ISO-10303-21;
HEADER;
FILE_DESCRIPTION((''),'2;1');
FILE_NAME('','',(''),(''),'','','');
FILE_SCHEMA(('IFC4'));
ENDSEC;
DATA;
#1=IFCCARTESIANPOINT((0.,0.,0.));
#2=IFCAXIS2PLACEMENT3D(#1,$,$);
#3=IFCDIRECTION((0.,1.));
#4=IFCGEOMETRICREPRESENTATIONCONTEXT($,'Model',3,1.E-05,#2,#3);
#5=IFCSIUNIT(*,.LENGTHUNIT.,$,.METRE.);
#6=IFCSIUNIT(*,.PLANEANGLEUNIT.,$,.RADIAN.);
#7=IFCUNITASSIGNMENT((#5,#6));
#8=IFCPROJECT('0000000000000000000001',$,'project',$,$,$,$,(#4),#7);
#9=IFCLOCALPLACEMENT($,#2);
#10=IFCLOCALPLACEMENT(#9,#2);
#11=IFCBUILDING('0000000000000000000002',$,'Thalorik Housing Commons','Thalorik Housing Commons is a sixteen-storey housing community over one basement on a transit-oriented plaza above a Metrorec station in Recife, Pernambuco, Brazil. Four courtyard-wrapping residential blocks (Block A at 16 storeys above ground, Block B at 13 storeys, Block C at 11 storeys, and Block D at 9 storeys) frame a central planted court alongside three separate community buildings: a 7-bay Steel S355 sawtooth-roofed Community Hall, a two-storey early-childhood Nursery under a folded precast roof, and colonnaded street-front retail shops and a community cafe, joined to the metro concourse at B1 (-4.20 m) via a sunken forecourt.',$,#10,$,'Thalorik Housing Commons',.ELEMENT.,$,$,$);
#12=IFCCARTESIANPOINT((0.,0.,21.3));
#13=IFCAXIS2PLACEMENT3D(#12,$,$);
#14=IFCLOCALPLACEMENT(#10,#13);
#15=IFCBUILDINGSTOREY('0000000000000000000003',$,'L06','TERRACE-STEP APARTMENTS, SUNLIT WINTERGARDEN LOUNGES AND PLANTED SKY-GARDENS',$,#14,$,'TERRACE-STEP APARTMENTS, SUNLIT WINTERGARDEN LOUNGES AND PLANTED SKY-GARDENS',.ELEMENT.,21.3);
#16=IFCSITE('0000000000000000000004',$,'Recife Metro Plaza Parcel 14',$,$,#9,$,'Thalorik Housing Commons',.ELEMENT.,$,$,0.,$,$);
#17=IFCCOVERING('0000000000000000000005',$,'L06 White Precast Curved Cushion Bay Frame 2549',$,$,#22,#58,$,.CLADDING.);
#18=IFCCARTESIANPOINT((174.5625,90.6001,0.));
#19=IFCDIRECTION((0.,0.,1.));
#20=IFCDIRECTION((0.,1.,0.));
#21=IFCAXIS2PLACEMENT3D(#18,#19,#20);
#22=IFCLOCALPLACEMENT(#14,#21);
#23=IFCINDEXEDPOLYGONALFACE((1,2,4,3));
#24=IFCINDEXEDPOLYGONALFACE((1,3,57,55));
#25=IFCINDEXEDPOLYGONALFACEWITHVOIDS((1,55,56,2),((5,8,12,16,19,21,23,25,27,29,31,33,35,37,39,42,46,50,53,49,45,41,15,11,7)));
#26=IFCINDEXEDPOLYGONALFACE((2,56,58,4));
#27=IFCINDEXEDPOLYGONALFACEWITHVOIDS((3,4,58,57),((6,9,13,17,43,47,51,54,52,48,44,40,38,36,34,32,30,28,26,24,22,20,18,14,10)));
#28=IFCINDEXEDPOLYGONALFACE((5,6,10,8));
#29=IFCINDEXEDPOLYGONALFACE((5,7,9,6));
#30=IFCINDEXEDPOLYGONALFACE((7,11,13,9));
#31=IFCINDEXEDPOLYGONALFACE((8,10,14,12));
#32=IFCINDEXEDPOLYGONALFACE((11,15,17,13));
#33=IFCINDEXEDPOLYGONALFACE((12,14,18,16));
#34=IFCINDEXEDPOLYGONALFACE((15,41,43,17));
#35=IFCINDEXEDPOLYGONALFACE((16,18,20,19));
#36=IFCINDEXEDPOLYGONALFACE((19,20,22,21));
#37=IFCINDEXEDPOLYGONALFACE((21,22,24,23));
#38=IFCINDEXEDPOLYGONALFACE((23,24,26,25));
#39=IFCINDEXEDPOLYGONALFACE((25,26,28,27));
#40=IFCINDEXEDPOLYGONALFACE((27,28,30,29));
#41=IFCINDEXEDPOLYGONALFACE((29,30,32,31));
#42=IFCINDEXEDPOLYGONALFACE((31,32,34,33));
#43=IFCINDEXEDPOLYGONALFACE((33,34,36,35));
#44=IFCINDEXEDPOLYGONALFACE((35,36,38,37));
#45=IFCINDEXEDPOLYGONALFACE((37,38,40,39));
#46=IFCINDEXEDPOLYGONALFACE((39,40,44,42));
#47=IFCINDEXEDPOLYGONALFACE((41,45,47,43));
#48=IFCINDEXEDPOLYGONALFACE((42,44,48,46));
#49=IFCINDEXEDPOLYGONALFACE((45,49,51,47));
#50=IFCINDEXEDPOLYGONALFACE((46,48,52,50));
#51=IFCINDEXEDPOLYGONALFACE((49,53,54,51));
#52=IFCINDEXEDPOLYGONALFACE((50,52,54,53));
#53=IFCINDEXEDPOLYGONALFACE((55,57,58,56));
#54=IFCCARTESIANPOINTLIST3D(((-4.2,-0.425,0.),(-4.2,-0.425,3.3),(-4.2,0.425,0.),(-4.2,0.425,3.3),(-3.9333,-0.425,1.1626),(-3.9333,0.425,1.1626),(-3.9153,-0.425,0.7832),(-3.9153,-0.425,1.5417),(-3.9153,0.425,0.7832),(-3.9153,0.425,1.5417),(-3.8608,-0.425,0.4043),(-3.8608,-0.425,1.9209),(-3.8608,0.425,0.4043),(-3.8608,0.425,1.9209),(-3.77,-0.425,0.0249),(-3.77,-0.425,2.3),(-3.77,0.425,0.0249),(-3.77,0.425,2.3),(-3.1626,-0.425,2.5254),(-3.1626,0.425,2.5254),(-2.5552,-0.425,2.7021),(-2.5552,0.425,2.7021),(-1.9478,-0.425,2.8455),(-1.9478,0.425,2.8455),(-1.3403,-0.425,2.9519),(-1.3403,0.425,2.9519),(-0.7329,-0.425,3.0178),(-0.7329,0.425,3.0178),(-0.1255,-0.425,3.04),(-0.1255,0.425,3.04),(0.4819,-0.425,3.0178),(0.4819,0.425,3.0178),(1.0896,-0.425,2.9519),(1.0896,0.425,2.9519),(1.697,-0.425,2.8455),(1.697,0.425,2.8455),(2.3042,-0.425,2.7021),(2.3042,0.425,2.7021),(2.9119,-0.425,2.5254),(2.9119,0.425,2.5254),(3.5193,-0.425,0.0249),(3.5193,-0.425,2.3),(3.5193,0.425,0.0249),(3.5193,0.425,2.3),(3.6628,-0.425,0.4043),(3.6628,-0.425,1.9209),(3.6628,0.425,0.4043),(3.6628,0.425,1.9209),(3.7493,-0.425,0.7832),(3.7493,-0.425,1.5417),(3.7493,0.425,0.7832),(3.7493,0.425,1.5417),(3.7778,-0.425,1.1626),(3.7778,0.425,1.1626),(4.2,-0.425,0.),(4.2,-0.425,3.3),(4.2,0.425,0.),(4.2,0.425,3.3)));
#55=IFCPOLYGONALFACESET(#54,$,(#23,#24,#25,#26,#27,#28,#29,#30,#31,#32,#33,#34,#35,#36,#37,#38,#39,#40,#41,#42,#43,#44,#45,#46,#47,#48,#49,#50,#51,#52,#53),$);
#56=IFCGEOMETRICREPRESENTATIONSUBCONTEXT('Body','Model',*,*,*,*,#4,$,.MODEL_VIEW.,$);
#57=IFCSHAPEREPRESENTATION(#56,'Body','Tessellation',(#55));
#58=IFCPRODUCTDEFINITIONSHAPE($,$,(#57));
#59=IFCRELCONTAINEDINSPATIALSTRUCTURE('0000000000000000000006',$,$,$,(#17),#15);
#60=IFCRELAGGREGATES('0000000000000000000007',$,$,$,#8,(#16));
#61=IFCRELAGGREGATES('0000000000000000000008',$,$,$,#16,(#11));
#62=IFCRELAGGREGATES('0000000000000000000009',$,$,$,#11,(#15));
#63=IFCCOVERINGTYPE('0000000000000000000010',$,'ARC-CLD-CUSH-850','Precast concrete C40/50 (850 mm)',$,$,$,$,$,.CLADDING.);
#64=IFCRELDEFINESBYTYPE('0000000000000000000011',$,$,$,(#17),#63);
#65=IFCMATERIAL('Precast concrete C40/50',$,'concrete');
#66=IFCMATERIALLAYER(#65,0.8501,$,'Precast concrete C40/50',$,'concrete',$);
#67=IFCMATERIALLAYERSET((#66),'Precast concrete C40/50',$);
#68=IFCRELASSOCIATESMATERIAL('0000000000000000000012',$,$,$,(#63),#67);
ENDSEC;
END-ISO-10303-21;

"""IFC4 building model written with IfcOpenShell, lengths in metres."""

from ifc_helpers import new_model, si_unit, direction, frame, origin, place, context, subcontext, project, spatial, polyline, outline, extrude, material, layer, layer_set, type_object, element, save


model = new_model("IFC4")

# Units and contexts
model_context = context("Model", 3, precision=1e-05, world=origin(), true_north=direction((0.0, 1.0)))
body_context = subcontext(model_context, "Body", "Model", "MODEL_VIEW")
ifc_project = project(units=[si_unit("LENGTHUNIT", "METRE"), si_unit("PLANEANGLEUNIT", "RADIAN")], contexts=[model_context])

# Site, building, storey
site_placement = place(None, origin())
site = spatial("IfcSite", under=ifc_project, at=site_placement, Name="Recife Metro Plaza Parcel 14", LongName="Thalorik Housing Commons", CompositionType="ELEMENT", RefElevation=0.0)
building_placement = place(site_placement, origin())
building = spatial("IfcBuilding", under=site, at=building_placement, Name="Thalorik Housing Commons", Description="Thalorik Housing Commons is a sixteen-storey housing community over one basement on a transit-oriented plaza above a Metrorec station in Recife, Pernambuco, Brazil. Four courtyard-wrapping residential blocks (Block A at 16 storeys above ground, Block B at 13 storeys, Block C at 11 storeys, and Block D at 9 storeys) frame a central planted court alongside three separate community buildings: a 7-bay Steel S355 sawtooth-roofed Community Hall, a two-storey early-childhood Nursery under a folded precast roof, and colonnaded street-front retail shops and a community cafe, joined to the metro concourse at B1 (-4.20 m) via a sunken forecourt.", LongName="Thalorik Housing Commons", CompositionType="ELEMENT")
storey_placement = place(building_placement, frame((0.0, 0.0, 21.3)))
storey = spatial("IfcBuildingStorey", under=building, at=storey_placement, Name="L06", Description="TERRACE-STEP APARTMENTS, SUNLIT WINTERGARDEN LOUNGES AND PLANTED SKY-GARDENS", LongName="TERRACE-STEP APARTMENTS, SUNLIT WINTERGARDEN LOUNGES AND PLANTED SKY-GARDENS", CompositionType="ELEMENT", Elevation=21.3)

# Shared definitions
ifc_material_1 = material(Name="Precast concrete C40/50", Category="concrete")

# Covering
ifc_layer_1 = layer(ifc_material_1, 0.8501, Name="Precast concrete C40/50", Category="concrete")
ifc_layer_set_1 = layer_set([ifc_layer_1], Name="Precast concrete C40/50")
covering_type_1 = type_object("IfcCoveringType", Name="ARC-CLD-CUSH-850", Description="Precast concrete C40/50 (850 mm)", PredefinedType="CLADDING", material=ifc_layer_set_1)
covering_1_placement = place(storey_placement, frame((174.5625, 90.6001, 0.0), z_axis=(0.0, 0.0, 1.0), x_axis=(0.0, 1.0, 0.0)))
element("IfcCovering", 1, at=covering_1_placement, inside=storey, type_object=covering_type_1, Name="L06 White Precast Curved Cushion Bay Frame 2549", PredefinedType="CLADDING", context=body_context, shape_type="SweptSolid", body=[
    extrude(outline(polyline([(-4.2, 0.0), (4.2, 0.0), (4.2, 3.3), (-4.2, 3.3), (-4.2, 0.0)]), holes=[polyline([(3.5193, 0.0249), (3.6628, 0.4043), (3.7493, 0.7832), (3.7778, 1.1626), (3.7493, 1.5417), (3.6628, 1.9209), (3.5193, 2.3), (2.9119, 2.5254), (2.3042, 2.7021), (1.697, 2.8455), (1.0896, 2.9519), (0.4819, 3.0178), (-0.1255, 3.04), (-0.7329, 3.0178), (-1.3403, 2.9519), (-1.9478, 2.8455), (-2.5552, 2.7021), (-3.1626, 2.5254), (-3.77, 2.3), (-3.8608, 1.9209), (-3.9153, 1.5417), (-3.9333, 1.1626), (-3.9153, 0.7832), (-3.8608, 0.4043), (-3.77, 0.0249), (3.5193, 0.0249)])]), frame((0.0, 0.425, 0.0), z_axis=(0.0, -1.0, 0.0), x_axis=(1.0, 0.0, 0.0)), (0.0, 0.0, 1.0), 0.8501),
])

save(model, "model.ifc")
